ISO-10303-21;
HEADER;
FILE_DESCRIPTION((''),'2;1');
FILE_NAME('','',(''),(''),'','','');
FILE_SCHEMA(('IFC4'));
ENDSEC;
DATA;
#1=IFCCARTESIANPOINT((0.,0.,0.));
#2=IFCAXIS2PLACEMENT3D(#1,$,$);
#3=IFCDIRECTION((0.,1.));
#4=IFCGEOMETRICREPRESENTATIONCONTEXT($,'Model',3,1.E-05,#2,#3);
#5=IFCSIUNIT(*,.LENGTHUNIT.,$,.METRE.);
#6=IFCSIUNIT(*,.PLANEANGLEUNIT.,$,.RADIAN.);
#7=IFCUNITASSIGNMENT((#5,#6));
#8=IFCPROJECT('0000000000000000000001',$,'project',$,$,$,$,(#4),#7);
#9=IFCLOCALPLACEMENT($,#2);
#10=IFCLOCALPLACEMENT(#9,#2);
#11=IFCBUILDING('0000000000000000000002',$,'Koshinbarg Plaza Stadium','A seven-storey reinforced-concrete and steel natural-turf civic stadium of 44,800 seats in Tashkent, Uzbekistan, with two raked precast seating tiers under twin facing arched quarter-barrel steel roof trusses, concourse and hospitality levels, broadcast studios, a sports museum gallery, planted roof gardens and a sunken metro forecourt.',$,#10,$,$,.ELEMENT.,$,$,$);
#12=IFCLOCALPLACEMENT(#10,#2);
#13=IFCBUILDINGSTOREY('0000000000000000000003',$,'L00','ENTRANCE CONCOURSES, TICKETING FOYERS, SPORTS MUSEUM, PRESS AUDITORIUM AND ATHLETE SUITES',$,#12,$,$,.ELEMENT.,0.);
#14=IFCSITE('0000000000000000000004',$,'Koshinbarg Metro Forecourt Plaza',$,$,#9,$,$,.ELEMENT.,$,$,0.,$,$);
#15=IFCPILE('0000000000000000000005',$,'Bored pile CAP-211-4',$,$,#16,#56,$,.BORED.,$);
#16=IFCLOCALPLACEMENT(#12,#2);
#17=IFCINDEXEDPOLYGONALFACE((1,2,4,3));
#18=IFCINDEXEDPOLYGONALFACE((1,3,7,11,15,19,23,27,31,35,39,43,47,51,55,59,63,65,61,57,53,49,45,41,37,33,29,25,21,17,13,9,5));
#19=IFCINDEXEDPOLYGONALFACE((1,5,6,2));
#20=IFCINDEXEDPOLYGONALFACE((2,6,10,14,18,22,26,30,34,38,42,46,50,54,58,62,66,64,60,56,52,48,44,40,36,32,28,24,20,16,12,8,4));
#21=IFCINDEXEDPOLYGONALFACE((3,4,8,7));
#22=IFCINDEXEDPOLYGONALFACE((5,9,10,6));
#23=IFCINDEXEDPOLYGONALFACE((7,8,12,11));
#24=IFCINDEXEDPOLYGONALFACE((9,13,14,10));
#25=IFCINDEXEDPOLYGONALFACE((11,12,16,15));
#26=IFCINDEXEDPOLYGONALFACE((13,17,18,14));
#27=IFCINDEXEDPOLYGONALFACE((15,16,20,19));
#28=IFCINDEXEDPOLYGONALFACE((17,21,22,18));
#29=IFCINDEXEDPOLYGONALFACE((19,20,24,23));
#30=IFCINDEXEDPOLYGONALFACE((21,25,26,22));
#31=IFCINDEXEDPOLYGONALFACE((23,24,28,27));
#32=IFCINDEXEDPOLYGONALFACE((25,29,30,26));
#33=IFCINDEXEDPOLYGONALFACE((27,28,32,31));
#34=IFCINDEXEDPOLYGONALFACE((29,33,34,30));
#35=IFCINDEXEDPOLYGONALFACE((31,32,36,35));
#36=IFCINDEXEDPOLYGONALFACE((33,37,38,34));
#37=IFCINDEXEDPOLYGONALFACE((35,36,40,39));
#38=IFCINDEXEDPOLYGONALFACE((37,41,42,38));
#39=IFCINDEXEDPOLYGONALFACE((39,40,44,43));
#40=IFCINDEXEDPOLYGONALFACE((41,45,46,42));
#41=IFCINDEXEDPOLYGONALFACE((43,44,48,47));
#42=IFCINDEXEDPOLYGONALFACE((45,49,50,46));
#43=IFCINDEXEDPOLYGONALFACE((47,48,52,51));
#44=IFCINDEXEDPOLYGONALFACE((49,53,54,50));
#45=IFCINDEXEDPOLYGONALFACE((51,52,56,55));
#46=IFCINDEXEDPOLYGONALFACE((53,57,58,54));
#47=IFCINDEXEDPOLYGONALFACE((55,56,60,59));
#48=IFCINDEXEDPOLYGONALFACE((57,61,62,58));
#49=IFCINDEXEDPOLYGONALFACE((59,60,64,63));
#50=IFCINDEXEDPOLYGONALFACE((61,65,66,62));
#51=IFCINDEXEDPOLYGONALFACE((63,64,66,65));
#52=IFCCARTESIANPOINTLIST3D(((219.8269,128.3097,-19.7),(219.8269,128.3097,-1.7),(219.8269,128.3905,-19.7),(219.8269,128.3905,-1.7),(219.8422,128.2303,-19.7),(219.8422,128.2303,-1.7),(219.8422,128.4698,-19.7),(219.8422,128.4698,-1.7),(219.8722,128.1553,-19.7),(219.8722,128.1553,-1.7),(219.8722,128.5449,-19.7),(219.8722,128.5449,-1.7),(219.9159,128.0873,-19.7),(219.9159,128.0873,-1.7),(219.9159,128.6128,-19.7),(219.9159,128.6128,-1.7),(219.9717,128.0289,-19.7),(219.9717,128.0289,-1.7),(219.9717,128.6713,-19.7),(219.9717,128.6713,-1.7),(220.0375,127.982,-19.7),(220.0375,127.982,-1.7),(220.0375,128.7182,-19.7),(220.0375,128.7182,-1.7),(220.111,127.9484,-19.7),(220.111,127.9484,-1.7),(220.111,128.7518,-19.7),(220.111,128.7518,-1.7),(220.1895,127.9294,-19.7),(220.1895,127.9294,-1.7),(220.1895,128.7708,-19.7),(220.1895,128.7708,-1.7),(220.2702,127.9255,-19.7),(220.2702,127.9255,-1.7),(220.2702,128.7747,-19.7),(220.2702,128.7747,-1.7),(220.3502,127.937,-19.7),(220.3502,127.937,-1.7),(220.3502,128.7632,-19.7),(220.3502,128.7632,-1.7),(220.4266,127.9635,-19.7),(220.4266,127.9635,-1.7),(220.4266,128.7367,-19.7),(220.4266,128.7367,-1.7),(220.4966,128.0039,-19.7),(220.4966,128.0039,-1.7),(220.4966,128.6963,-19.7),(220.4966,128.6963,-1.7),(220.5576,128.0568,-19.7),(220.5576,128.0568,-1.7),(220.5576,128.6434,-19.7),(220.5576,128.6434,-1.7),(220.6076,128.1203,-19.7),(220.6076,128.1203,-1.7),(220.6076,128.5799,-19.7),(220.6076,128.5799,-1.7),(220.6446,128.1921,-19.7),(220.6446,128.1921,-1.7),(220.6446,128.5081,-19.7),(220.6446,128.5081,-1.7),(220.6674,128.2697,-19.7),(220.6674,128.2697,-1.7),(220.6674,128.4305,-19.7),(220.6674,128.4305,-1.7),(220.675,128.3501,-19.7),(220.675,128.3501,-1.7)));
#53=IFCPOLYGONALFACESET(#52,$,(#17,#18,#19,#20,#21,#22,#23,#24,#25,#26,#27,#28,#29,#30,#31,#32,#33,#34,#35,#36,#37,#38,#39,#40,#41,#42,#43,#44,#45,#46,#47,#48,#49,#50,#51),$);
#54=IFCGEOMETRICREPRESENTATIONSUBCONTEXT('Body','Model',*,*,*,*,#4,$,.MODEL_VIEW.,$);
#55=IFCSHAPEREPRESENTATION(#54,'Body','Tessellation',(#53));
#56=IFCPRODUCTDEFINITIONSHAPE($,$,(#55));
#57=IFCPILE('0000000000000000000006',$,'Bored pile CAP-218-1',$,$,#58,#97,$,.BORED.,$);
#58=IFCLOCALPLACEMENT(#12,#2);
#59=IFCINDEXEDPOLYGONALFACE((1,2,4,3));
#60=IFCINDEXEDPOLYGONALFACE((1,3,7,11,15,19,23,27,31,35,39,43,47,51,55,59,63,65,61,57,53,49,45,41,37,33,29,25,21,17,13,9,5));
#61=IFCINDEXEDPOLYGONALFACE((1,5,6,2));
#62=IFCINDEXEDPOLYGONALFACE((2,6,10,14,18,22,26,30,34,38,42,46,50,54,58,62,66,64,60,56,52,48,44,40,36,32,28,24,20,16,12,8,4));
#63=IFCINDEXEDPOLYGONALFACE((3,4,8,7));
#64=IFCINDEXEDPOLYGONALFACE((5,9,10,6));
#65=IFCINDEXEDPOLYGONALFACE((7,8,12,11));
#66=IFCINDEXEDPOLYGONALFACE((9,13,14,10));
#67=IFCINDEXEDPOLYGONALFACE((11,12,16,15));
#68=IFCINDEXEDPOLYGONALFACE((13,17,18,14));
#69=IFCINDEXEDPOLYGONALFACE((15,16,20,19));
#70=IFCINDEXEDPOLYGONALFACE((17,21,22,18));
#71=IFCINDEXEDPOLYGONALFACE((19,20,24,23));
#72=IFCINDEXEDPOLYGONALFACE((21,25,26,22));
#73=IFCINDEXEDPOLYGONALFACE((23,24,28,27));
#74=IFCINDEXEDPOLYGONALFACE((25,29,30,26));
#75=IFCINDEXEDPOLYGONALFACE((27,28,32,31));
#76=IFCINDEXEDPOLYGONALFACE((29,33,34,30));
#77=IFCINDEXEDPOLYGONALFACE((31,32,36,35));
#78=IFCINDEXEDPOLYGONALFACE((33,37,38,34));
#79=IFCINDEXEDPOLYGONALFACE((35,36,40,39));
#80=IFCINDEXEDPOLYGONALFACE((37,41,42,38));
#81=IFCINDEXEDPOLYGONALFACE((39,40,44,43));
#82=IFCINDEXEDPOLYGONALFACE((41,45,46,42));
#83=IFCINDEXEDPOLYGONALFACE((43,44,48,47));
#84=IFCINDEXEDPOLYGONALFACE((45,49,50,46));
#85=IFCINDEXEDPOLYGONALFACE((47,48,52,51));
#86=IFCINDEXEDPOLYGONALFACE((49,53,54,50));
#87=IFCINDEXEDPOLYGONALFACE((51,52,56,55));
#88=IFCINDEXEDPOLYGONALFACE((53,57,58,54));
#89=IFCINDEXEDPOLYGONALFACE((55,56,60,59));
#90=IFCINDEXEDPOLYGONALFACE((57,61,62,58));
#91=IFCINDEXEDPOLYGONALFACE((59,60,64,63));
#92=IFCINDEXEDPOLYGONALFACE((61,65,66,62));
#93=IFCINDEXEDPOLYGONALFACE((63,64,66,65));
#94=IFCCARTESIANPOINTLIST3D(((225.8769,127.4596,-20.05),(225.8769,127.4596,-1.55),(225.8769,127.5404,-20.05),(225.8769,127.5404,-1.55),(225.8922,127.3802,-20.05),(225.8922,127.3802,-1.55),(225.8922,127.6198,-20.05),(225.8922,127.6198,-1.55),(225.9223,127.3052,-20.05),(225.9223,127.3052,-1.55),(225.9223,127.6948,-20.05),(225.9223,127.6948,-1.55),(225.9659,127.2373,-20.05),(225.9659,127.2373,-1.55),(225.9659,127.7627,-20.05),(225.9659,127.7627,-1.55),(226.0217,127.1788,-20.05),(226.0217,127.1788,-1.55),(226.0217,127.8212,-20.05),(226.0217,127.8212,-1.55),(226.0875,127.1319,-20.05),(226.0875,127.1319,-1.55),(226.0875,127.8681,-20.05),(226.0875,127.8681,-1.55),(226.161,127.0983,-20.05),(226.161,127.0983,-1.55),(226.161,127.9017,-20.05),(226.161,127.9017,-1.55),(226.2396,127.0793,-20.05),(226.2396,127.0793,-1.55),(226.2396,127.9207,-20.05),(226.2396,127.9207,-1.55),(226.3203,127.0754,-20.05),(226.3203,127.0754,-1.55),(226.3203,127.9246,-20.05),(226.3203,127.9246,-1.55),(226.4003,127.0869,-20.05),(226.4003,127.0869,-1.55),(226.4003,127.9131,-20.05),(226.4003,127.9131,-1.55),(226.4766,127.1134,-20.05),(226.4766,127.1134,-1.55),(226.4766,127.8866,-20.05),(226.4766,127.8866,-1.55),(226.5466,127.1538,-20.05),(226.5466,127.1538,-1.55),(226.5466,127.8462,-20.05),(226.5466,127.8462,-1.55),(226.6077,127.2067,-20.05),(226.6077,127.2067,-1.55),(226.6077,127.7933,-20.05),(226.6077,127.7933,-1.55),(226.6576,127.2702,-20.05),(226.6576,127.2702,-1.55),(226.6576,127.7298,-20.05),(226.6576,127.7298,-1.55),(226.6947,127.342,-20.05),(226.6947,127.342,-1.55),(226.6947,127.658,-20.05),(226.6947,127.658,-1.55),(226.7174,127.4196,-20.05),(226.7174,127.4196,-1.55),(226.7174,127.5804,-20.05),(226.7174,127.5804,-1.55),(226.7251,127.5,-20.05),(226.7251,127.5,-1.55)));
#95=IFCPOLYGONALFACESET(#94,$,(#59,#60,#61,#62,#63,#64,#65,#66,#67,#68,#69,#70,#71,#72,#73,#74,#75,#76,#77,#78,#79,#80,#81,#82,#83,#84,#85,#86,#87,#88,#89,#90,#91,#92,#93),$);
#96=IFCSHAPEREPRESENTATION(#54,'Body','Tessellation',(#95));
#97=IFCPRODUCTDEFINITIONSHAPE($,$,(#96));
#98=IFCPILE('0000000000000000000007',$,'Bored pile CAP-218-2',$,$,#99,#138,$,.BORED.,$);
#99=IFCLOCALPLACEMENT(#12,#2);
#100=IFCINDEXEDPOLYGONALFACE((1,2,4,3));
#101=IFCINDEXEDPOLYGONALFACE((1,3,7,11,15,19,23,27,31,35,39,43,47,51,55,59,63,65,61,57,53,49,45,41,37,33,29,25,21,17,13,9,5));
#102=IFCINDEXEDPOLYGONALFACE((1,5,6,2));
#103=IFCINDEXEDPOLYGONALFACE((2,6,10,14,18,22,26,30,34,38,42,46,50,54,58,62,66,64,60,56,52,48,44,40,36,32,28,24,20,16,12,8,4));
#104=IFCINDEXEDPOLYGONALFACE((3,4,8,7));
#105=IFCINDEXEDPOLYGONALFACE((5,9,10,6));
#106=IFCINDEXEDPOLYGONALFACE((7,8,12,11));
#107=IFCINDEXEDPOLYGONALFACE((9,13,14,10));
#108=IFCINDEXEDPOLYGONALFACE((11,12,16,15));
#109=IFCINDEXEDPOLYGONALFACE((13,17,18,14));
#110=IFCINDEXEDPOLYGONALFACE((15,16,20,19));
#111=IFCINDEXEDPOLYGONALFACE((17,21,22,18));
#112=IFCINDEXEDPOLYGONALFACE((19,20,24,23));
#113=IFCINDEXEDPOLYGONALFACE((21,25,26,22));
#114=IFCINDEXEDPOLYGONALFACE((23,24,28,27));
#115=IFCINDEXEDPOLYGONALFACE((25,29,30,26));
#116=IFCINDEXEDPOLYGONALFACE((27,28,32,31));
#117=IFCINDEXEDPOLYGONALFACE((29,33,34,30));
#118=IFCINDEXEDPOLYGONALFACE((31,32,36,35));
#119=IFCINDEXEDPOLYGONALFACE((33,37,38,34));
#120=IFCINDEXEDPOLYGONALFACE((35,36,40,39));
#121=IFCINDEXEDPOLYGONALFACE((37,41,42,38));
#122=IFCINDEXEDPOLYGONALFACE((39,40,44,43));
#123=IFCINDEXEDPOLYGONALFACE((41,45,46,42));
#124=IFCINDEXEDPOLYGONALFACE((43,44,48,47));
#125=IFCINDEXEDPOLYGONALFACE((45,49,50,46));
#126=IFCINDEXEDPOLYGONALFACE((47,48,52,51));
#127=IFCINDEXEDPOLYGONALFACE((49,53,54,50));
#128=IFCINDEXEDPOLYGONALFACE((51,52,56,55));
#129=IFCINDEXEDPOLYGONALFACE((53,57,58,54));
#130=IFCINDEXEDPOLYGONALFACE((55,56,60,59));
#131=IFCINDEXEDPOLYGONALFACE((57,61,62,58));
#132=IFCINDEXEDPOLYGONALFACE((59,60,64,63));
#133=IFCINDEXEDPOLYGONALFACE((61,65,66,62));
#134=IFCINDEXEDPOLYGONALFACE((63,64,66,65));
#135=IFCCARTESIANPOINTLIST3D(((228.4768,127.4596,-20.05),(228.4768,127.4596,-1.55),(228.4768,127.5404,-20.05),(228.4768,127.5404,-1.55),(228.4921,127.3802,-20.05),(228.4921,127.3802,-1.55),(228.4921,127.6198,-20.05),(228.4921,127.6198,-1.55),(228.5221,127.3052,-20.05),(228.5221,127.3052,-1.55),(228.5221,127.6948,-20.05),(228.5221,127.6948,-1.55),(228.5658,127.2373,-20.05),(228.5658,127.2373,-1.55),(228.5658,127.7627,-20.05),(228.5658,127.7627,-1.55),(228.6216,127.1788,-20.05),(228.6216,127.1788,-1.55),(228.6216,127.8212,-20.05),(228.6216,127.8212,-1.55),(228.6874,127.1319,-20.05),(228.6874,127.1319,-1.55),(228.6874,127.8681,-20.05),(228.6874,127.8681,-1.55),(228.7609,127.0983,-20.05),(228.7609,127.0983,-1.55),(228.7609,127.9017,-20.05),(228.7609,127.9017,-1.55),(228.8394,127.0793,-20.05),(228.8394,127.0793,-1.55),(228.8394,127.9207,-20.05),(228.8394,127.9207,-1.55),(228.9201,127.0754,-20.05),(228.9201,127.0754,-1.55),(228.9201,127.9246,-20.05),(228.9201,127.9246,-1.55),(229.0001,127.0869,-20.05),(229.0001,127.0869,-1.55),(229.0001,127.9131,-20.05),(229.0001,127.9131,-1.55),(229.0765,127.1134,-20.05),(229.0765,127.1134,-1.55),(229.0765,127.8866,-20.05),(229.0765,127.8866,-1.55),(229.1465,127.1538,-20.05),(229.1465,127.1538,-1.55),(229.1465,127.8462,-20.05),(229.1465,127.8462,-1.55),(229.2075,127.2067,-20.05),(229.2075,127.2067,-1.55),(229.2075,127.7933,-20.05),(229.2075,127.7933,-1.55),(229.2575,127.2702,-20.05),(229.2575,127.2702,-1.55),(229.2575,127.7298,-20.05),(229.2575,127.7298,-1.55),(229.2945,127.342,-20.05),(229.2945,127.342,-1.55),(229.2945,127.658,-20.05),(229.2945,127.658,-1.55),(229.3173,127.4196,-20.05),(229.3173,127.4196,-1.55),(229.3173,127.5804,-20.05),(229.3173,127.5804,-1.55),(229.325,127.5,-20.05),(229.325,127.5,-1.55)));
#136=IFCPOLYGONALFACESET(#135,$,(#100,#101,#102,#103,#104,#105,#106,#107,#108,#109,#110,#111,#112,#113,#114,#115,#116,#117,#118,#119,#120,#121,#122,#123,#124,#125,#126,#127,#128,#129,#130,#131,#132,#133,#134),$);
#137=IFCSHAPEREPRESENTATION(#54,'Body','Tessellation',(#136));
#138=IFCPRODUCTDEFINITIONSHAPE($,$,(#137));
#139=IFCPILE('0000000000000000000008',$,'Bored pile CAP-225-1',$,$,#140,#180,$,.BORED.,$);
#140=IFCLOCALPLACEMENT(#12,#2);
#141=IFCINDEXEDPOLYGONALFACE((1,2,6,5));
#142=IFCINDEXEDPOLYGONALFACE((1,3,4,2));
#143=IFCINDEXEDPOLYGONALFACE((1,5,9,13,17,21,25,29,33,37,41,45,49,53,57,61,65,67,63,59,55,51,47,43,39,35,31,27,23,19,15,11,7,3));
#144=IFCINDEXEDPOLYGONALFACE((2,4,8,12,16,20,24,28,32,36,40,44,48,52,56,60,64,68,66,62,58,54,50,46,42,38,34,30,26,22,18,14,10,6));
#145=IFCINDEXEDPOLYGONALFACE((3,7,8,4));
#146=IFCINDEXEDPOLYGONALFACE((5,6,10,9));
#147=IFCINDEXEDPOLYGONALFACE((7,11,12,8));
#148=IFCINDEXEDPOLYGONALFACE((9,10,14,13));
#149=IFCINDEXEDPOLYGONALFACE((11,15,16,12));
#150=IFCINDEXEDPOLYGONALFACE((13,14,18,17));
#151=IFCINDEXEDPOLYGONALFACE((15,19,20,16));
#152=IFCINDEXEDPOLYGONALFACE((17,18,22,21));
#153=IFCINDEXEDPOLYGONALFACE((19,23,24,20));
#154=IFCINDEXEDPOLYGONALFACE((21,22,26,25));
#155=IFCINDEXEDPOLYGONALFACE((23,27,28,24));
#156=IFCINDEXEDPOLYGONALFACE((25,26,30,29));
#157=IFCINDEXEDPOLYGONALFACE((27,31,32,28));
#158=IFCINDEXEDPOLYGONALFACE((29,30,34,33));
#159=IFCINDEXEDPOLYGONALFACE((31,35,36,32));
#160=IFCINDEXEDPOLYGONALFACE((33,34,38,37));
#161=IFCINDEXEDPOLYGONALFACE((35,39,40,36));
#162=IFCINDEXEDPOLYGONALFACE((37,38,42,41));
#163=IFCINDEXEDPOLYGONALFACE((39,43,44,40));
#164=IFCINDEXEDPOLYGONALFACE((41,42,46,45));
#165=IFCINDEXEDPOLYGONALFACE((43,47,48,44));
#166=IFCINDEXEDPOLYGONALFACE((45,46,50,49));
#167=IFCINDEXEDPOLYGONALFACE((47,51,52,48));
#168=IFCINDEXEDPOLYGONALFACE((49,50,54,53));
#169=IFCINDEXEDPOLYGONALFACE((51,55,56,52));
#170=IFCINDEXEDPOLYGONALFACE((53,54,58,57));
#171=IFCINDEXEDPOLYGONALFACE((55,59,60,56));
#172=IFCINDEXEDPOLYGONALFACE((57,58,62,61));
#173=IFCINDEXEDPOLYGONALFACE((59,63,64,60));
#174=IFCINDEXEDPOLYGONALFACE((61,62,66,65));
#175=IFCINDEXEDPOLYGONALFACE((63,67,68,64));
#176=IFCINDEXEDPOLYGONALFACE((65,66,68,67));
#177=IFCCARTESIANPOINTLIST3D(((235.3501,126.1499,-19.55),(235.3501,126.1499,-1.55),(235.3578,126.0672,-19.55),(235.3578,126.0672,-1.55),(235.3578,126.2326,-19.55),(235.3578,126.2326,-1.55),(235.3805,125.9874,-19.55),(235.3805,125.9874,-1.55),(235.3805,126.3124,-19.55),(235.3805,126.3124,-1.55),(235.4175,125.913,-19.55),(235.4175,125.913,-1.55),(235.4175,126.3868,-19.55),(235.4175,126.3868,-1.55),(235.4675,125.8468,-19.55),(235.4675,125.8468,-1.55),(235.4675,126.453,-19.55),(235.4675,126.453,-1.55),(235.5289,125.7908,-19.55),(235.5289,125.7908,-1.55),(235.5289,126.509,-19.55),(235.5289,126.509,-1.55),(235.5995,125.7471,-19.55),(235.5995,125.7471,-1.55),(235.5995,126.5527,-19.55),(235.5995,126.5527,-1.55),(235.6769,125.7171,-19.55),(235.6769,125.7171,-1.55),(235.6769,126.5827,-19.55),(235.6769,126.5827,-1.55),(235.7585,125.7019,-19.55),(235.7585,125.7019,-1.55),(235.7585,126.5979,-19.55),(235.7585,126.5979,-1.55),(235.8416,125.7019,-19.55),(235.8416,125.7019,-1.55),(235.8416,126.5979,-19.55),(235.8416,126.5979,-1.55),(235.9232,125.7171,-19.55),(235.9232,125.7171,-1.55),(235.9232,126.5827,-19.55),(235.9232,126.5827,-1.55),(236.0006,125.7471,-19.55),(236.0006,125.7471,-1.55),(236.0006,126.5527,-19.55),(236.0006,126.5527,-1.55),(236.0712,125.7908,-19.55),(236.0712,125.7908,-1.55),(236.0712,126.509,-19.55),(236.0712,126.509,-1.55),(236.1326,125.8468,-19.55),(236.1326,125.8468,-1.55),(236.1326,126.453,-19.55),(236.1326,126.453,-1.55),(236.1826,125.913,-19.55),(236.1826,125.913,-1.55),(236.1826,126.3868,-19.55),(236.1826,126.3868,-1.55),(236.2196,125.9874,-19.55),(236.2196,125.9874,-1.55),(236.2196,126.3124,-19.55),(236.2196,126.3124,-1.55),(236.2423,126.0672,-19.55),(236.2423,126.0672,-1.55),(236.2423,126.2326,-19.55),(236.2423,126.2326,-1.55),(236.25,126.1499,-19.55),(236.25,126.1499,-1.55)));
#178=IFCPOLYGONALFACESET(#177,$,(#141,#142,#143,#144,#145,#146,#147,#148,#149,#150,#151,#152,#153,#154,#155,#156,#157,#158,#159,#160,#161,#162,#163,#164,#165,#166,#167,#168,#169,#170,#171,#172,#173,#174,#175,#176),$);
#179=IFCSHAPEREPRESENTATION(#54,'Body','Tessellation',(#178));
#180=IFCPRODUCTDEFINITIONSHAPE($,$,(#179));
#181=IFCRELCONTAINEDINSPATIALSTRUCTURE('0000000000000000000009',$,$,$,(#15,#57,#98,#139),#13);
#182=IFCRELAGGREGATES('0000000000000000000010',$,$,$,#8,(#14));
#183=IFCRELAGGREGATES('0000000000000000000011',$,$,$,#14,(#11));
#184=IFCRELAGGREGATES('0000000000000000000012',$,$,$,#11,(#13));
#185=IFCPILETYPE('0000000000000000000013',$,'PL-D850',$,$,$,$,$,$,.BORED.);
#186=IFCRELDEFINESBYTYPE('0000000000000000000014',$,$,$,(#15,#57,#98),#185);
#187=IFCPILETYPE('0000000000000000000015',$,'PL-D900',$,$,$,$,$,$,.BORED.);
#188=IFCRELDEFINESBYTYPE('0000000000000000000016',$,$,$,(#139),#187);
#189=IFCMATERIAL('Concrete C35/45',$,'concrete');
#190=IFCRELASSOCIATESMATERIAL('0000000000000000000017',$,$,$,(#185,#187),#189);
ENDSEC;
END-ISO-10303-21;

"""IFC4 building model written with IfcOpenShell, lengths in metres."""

from ifc_helpers import new_model, si_unit, direction, frame, origin, origin_2d, place, context, subcontext, project, spatial, circle, extrude, material, material_profile, profile_set, type_object, element, save


model = new_model("IFC4")

# Units and contexts
model_context = context("Model", 3, precision=1e-05, world=origin(), true_north=direction((0.0, 1.0)))
body_context = subcontext(model_context, "Body", "Model", "MODEL_VIEW")
ifc_project = project(units=[si_unit("LENGTHUNIT", "METRE"), si_unit("PLANEANGLEUNIT", "RADIAN")], contexts=[model_context])

# Site, building, storey
site_placement = place(None, origin())
site = spatial("IfcSite", under=ifc_project, at=site_placement, Name="Koshinbarg Metro Forecourt Plaza", CompositionType="ELEMENT", RefElevation=0.0)
building_placement = place(site_placement, origin())
building = spatial("IfcBuilding", under=site, at=building_placement, Name="Koshinbarg Plaza Stadium", Description="A seven-storey reinforced-concrete and steel natural-turf civic stadium of 44,800 seats in Tashkent, Uzbekistan, with two raked precast seating tiers under twin facing arched quarter-barrel steel roof trusses, concourse and hospitality levels, broadcast studios, a sports museum gallery, planted roof gardens and a sunken metro forecourt.", CompositionType="ELEMENT")
storey_placement = place(building_placement, origin())
storey = spatial("IfcBuildingStorey", under=building, at=storey_placement, Name="L00", Description="ENTRANCE CONCOURSES, TICKETING FOYERS, SPORTS MUSEUM, PRESS AUDITORIUM AND ATHLETE SUITES", CompositionType="ELEMENT", Elevation=0.0)

# Shared definitions
ifc_material_1 = material(Name="Concrete C35/45", Category="concrete")

# Piles
ifc_material_profile_1 = material_profile(ifc_material_1, circle(Radius=0.425, at=origin_2d()), Name="PILE D850")
ifc_profile_set_1 = profile_set([ifc_material_profile_1], Name="Concrete C35/45")
pile_type_1 = type_object("IfcPileType", Name="PL-D850", PredefinedType="BORED", material=ifc_profile_set_1)
for number, where, z_axis, x_axis, name in (
    (1, (220.25, 128.3501, -1.7), (0.0, 0.0, -1.0), (1.0, 0.0, 0.0), "Bored pile CAP-211-4"),
):
    element("IfcPile", number, at=place(storey_placement, frame(where, z_axis=z_axis, x_axis=x_axis)), inside=storey, type_object=pile_type_1, Name=name, PredefinedType="BORED", context=body_context, shape_type="SweptSolid", body=[
        extrude(circle(Radius=0.425, at=origin_2d()), origin(), (0.0, 0.0, 1.0), 18.0),
    ])
for number, where, z_axis, x_axis, name in (
    (2, (226.3, 127.5, -1.55), (0.0, 0.0, -1.0), (1.0, 0.0, 0.0), "Bored pile CAP-218-1"),
    (3, (228.8999, 127.5, -1.55), (0.0, 0.0, -1.0), (1.0, 0.0, 0.0), "Bored pile CAP-218-2"),
):
    element("IfcPile", number, at=place(storey_placement, frame(where, z_axis=z_axis, x_axis=x_axis)), inside=storey, type_object=pile_type_1, Name=name, PredefinedType="BORED", context=body_context, shape_type="SweptSolid", body=[
        extrude(circle(Radius=0.425, at=origin_2d()), origin(), (0.0, 0.0, 1.0), 18.5),
    ])
ifc_material_profile_2 = material_profile(ifc_material_1, circle(Radius=0.45, at=origin_2d()), Name="PILE D900")
ifc_profile_set_2 = profile_set([ifc_material_profile_2], Name="Concrete C35/45")
pile_type_2 = type_object("IfcPileType", Name="PL-D900", PredefinedType="BORED", material=ifc_profile_set_2)
for number, where, z_axis, x_axis, name in (
    (4, (235.8, 126.1499, -1.55), (0.0, 0.0, -1.0), (1.0, 0.0, 0.0), "Bored pile CAP-225-1"),
):
    element("IfcPile", number, at=place(storey_placement, frame(where, z_axis=z_axis, x_axis=x_axis)), inside=storey, type_object=pile_type_2, Name=name, PredefinedType="BORED", context=body_context, shape_type="SweptSolid", body=[
        extrude(circle(Radius=0.45, at=origin_2d()), origin(), (0.0, 0.0, 1.0), 18.0),
    ])

save(model, "model.ifc")
